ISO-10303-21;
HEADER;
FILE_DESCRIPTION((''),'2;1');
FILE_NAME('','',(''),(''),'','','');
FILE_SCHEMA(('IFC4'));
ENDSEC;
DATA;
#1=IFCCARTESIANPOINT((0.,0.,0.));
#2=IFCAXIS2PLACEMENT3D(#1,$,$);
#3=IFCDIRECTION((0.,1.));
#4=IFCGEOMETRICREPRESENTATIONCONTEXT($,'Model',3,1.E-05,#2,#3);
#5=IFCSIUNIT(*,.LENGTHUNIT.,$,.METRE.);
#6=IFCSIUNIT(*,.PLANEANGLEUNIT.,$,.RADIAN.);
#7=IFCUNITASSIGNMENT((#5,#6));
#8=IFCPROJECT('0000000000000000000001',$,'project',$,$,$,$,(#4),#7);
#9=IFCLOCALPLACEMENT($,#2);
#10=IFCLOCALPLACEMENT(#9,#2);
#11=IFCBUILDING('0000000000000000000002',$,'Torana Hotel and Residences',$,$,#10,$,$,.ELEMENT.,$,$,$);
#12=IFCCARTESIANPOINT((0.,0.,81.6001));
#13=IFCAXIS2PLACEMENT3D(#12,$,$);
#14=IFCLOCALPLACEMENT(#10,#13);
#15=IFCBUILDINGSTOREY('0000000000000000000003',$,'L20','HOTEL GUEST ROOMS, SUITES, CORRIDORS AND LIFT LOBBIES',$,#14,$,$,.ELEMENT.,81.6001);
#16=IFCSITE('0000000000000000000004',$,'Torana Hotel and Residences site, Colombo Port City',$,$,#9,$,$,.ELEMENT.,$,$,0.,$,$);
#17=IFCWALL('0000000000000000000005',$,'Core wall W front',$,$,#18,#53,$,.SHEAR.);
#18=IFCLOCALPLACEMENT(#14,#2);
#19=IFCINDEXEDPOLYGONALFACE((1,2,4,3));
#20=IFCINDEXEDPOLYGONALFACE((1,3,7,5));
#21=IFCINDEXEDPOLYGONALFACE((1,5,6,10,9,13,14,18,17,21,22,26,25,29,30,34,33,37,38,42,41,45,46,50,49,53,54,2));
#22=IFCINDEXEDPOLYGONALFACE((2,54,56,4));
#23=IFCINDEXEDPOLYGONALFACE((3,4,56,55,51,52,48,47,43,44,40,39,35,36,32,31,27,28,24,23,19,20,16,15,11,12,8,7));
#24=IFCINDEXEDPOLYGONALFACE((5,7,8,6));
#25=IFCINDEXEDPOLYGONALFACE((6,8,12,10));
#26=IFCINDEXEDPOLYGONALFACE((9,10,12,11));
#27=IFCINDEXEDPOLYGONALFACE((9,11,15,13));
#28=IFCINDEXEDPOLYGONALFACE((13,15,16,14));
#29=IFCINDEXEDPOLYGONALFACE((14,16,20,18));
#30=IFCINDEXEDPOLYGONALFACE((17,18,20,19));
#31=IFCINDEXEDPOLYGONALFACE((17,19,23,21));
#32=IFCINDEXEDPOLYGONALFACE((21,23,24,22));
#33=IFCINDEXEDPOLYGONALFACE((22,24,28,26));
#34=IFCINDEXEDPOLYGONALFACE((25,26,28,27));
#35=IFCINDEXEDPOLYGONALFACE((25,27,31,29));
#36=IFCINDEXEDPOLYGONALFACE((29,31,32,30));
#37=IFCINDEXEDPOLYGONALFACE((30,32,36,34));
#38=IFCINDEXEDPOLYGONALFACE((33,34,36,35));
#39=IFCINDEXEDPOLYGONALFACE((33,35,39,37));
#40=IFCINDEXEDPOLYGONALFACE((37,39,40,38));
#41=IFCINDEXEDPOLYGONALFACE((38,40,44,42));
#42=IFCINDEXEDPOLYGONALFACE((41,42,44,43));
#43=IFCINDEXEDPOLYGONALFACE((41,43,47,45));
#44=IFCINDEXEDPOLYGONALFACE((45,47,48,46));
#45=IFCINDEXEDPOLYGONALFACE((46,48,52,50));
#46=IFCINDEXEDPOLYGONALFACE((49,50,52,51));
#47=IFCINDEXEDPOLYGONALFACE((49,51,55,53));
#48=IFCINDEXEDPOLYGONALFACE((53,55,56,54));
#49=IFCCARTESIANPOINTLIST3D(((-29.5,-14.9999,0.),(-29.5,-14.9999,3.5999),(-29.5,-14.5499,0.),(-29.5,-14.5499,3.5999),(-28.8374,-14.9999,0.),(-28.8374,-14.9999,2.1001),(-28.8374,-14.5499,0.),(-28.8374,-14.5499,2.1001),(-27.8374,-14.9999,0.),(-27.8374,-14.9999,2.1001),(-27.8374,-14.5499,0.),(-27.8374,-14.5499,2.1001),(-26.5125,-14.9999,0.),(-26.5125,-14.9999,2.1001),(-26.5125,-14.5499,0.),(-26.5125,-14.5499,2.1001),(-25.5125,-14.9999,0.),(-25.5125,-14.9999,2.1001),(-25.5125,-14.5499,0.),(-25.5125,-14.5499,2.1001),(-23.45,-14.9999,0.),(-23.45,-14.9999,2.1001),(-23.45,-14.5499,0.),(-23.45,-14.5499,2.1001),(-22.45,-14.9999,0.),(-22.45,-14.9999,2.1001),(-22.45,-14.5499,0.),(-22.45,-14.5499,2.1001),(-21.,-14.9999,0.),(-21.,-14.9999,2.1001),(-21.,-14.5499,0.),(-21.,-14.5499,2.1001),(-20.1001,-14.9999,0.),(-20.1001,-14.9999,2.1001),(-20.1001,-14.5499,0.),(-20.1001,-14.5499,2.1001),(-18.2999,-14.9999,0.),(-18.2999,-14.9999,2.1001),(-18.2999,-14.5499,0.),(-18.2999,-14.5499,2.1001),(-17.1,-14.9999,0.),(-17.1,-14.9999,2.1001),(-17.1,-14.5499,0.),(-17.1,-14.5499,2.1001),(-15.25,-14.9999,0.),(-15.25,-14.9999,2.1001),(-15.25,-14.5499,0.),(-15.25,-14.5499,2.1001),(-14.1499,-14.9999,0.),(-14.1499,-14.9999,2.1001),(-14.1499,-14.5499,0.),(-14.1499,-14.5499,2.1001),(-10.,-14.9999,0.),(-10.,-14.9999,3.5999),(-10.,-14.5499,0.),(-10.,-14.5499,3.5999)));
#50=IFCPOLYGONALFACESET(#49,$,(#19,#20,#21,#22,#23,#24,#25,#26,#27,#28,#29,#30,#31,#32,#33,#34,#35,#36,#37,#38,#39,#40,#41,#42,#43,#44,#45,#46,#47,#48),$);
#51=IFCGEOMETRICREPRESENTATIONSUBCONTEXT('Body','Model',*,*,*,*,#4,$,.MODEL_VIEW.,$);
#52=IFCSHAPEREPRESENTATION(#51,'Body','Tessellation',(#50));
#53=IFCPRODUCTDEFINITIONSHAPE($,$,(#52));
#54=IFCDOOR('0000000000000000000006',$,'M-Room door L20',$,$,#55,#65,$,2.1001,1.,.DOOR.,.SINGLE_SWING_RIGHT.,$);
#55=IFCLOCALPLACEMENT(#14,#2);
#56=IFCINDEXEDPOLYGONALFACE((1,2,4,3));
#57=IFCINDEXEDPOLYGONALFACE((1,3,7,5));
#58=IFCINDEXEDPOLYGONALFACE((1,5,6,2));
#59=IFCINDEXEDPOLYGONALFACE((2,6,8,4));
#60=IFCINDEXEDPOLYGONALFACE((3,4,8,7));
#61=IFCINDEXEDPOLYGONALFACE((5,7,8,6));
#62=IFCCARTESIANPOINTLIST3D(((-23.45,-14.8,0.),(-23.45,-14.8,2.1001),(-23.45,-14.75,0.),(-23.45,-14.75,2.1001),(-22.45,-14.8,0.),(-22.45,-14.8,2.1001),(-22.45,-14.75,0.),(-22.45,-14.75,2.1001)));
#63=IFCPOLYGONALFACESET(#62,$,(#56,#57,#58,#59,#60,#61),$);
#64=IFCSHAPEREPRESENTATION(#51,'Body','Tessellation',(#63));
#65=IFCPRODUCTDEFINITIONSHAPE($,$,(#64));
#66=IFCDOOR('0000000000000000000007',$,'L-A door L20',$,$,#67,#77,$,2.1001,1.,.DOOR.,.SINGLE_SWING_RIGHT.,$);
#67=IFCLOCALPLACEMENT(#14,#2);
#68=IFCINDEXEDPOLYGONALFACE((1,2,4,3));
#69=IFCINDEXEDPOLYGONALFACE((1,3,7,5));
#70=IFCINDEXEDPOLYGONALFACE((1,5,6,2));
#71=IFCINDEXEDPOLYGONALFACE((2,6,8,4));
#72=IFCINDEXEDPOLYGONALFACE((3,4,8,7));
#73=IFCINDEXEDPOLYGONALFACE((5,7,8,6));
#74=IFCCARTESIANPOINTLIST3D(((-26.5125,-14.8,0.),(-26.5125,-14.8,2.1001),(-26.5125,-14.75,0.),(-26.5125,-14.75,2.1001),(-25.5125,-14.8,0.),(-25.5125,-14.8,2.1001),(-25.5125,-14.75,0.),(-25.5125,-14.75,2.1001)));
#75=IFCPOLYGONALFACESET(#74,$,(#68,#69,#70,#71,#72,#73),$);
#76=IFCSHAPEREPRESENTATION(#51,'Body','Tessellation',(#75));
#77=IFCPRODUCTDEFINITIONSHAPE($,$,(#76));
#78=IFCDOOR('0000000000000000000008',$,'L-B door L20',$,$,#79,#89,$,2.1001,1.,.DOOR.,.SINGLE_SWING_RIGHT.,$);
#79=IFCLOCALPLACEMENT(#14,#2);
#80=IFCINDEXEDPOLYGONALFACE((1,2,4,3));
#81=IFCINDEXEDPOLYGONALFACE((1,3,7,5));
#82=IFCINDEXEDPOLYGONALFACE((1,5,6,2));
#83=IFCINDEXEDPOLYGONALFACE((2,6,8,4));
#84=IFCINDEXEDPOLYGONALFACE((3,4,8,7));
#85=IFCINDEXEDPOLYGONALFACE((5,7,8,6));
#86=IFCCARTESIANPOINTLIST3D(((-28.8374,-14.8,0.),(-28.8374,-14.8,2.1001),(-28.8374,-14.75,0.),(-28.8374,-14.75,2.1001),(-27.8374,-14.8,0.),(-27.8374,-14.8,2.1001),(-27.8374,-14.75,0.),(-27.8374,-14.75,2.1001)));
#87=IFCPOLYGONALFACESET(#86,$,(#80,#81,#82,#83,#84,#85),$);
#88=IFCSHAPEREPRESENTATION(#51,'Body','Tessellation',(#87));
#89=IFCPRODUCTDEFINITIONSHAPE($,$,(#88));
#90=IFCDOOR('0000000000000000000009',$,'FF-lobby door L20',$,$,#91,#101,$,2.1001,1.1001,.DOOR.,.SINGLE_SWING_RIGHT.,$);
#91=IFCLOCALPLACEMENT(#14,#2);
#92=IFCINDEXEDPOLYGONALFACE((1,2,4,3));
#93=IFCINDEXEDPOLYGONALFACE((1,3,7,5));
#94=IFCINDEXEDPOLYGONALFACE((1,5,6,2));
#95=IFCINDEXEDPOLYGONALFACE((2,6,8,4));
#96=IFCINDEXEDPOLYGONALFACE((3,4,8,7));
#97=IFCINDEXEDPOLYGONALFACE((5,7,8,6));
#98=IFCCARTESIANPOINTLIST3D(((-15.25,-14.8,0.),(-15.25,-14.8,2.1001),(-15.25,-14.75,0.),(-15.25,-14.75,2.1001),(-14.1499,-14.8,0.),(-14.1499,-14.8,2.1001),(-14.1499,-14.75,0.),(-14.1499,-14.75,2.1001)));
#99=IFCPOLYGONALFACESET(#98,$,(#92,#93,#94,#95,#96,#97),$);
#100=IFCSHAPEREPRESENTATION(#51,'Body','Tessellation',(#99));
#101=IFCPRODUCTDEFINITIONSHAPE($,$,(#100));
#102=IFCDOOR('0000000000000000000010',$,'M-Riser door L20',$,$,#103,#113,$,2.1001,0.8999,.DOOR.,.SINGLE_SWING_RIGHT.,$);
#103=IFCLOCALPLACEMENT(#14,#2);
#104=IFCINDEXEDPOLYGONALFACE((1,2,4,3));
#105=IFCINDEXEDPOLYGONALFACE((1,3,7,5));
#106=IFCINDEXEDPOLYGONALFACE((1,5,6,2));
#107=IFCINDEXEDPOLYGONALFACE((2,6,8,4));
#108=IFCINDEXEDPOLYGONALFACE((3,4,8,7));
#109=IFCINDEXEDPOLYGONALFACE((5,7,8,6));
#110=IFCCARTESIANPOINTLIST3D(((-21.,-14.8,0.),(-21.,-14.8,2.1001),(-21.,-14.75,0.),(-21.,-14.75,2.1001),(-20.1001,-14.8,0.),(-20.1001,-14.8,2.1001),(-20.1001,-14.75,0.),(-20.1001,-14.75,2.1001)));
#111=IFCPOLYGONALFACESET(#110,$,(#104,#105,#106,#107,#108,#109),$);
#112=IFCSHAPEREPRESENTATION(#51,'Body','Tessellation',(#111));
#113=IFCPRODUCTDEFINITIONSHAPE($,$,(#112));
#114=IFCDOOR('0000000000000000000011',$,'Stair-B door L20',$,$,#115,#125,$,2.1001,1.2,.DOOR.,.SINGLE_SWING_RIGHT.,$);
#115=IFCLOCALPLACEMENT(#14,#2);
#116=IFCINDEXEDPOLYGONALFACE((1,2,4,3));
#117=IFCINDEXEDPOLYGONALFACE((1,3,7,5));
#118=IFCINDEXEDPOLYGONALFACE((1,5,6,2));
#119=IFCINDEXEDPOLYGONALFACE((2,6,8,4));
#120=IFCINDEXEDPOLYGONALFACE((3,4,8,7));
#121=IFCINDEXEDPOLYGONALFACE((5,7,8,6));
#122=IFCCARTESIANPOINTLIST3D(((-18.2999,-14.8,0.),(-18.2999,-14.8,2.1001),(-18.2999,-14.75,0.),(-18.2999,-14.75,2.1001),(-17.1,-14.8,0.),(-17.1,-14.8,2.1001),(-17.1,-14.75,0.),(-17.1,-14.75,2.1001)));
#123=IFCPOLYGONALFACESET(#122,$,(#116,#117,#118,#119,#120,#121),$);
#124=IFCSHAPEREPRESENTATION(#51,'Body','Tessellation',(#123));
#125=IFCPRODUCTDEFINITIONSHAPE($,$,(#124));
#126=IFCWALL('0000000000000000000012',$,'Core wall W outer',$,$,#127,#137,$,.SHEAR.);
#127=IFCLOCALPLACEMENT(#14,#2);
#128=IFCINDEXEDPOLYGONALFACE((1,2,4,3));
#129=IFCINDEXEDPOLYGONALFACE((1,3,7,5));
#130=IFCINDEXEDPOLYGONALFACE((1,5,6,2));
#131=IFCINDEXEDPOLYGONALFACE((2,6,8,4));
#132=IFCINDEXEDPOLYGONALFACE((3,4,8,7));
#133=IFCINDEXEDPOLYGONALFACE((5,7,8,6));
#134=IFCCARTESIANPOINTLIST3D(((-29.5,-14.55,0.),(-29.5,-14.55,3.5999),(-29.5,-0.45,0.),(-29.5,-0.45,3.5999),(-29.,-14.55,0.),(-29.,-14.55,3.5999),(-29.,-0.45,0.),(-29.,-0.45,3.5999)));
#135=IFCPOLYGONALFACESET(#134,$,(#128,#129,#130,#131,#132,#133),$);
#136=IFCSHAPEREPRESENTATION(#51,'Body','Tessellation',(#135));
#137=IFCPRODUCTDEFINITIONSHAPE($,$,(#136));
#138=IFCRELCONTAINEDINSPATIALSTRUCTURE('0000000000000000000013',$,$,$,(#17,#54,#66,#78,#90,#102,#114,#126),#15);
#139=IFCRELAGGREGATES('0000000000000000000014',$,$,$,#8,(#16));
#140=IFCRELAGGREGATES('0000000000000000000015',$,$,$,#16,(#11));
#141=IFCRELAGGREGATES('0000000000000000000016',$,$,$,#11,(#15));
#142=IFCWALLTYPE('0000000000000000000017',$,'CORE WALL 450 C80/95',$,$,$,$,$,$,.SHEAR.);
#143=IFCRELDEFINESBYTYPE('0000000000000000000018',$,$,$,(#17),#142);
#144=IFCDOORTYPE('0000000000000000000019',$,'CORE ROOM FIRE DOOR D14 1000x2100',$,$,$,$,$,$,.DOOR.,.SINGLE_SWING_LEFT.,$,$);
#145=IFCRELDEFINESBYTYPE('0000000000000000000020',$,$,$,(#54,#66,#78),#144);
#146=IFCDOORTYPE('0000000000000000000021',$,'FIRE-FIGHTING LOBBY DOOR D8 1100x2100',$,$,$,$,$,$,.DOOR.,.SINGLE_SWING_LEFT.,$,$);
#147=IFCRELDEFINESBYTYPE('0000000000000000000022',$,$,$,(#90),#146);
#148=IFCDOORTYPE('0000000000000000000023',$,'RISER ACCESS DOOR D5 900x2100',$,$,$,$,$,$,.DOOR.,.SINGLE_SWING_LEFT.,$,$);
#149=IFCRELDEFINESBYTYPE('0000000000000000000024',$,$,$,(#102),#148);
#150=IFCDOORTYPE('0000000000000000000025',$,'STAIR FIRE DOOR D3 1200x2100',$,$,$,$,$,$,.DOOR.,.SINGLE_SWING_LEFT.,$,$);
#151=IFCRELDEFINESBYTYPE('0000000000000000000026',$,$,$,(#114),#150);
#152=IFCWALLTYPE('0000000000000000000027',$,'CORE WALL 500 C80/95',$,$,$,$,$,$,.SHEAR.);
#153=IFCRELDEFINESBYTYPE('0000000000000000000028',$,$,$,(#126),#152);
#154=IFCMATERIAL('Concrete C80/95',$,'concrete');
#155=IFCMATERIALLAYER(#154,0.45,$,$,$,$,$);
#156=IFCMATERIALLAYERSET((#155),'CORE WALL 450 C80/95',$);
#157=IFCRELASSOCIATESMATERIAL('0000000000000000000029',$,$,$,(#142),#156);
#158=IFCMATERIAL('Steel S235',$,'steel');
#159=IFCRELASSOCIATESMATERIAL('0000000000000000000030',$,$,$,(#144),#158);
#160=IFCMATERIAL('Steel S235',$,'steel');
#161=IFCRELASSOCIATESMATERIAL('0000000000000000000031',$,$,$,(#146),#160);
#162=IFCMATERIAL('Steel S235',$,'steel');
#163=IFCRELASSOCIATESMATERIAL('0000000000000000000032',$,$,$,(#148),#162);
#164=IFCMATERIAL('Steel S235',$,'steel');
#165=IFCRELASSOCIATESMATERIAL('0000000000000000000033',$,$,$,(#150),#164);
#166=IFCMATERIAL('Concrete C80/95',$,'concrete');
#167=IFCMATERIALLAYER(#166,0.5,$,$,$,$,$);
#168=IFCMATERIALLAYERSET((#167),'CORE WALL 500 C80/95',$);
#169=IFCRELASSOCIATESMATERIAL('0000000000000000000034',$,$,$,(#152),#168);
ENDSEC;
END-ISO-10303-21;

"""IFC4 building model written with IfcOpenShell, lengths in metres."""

from ifc_helpers import new_model, si_unit, direction, frame, frame_2d, origin, place, context, subcontext, project, spatial, rectangle, extrude, material, layer, layer_set, type_object, element, fill, save


model = new_model("IFC4")

# Units and contexts
model_context = context("Model", 3, precision=1e-05, world=origin(), true_north=direction((0.0, 1.0)))
body_context = subcontext(model_context, "Body", "Model", "MODEL_VIEW")
ifc_project = project(units=[si_unit("LENGTHUNIT", "METRE"), si_unit("PLANEANGLEUNIT", "RADIAN")], contexts=[model_context])

# Site, building, storey
site_placement = place(None, origin())
site = spatial("IfcSite", under=ifc_project, at=site_placement, Name="Torana Hotel and Residences site, Colombo Port City", CompositionType="ELEMENT", RefElevation=0.0)
building_placement = place(site_placement, origin())
building = spatial("IfcBuilding", under=site, at=building_placement, Name="Torana Hotel and Residences", CompositionType="ELEMENT")
storey_placement = place(building_placement, frame((0.0, 0.0, 81.6001)))
storey = spatial("IfcBuildingStorey", under=building, at=storey_placement, Name="L20", Description="HOTEL GUEST ROOMS, SUITES, CORRIDORS AND LIFT LOBBIES", CompositionType="ELEMENT", Elevation=81.6001)

# Wall, openings, doors
ifc_material_1 = material(Name="Concrete C80/95", Category="concrete")
ifc_layer_1 = layer(ifc_material_1, 0.45)
ifc_layer_set_1 = layer_set([ifc_layer_1], Name="CORE WALL 450 C80/95")
wall_type_1 = type_object("IfcWallType", Name="CORE WALL 450 C80/95", PredefinedType="SHEAR", material=ifc_layer_set_1)
wall_1_placement = place(storey_placement, frame((-29.5, -14.7749, 0.0), z_axis=(0.0, 0.0, 1.0), x_axis=(1.0, 0.0, 0.0)))
wall_1 = element("IfcWall", 1, at=wall_1_placement, inside=storey, type_object=wall_type_1, Name="Core wall W front", PredefinedType="SHEAR", context=body_context, shape_type="SweptSolid", body=[
    extrude(rectangle(XDim=19.5, YDim=0.45, at=frame_2d((9.75, 0.0))), origin(), (0.0, 0.0, 1.0), 3.5999),
])
opening_1_placement = place(wall_1_placement, frame((11.2, 0.0, 0.0)))
opening_1 = element("IfcOpeningElement", 2, at=opening_1_placement, cuts=wall_1, PredefinedType="OPENING", context=body_context, shape_type="SweptSolid", body=[
    extrude(rectangle(XDim=1.2, YDim=2.1001, at=frame_2d((0.6001, 1.05))), frame((0.0, 0.2349, 0.0), z_axis=(0.0, -1.0, 0.0), x_axis=(1.0, 0.0, 0.0)), (0.0, 0.0, 1.0), 0.47),
])
opening_2_placement = place(wall_1_placement, frame((14.25, 0.0, 0.0)))
opening_2 = element("IfcOpeningElement", 3, at=opening_2_placement, cuts=wall_1, PredefinedType="OPENING", context=body_context, shape_type="SweptSolid", body=[
    extrude(rectangle(XDim=1.1001, YDim=2.1001, at=frame_2d((0.55, 1.05))), frame((0.0, 0.2349, 0.0), z_axis=(0.0, -1.0, 0.0), x_axis=(1.0, 0.0, 0.0)), (0.0, 0.0, 1.0), 0.47),
])
opening_3_placement = place(wall_1_placement, frame((8.5, 0.0, 0.0)))
opening_3 = element("IfcOpeningElement", 4, at=opening_3_placement, cuts=wall_1, PredefinedType="OPENING", context=body_context, shape_type="SweptSolid", body=[
    extrude(rectangle(XDim=0.8999, YDim=2.1001, at=frame_2d((0.45, 1.05))), frame((0.0, 0.2349, 0.0), z_axis=(0.0, -1.0, 0.0), x_axis=(1.0, 0.0, 0.0)), (0.0, 0.0, 1.0), 0.47),
])
opening_4_placement = place(wall_1_placement, frame((6.05, 0.0, 0.0)))
opening_4 = element("IfcOpeningElement", 5, at=opening_4_placement, cuts=wall_1, PredefinedType="OPENING", context=body_context, shape_type="SweptSolid", body=[
    extrude(rectangle(XDim=1.0, YDim=2.1001, at=frame_2d((0.5, 1.05))), frame((0.0, 0.2349, 0.0), z_axis=(0.0, -1.0, 0.0), x_axis=(1.0, 0.0, 0.0)), (0.0, 0.0, 1.0), 0.47),
])
opening_5_placement = place(wall_1_placement, frame((2.9875, 0.0, 0.0)))
opening_5 = element("IfcOpeningElement", 6, at=opening_5_placement, cuts=wall_1, PredefinedType="OPENING", context=body_context, shape_type="SweptSolid", body=[
    extrude(rectangle(XDim=1.0, YDim=2.1001, at=frame_2d((0.5, 1.05))), frame((0.0, 0.2349, 0.0), z_axis=(0.0, -1.0, 0.0), x_axis=(1.0, 0.0, 0.0)), (0.0, 0.0, 1.0), 0.47),
])
opening_6_placement = place(wall_1_placement, frame((0.6626, 0.0, 0.0)))
opening_6 = element("IfcOpeningElement", 7, at=opening_6_placement, cuts=wall_1, PredefinedType="OPENING", context=body_context, shape_type="SweptSolid", body=[
    extrude(rectangle(XDim=1.0, YDim=2.1001, at=frame_2d((0.5, 1.05))), frame((0.0, 0.2349, 0.0), z_axis=(0.0, -1.0, 0.0), x_axis=(1.0, 0.0, 0.0)), (0.0, 0.0, 1.0), 0.47),
])
ifc_material_2 = material(Name="Steel S235", Category="steel")
door_type_1 = type_object("IfcDoorType", Name="CORE ROOM FIRE DOOR D14 1000x2100", OperationType="SINGLE_SWING_LEFT", PredefinedType="DOOR", material=ifc_material_2)
door_1_placement = place(opening_4_placement, origin())
door_1 = element("IfcDoor", 8, at=door_1_placement, inside=storey, type_object=door_type_1, Name="M-Room door L20", OperationType="SINGLE_SWING_RIGHT", OverallHeight=2.1001, OverallWidth=1.0, PredefinedType="DOOR", context=body_context, shape_type="SweptSolid", body=[
    extrude(rectangle(XDim=1.0, YDim=2.1001, at=frame_2d((0.5, 1.05))), frame((0.0, 0.0249, 0.0), z_axis=(0.0, -1.0, 0.0), x_axis=(1.0, 0.0, 0.0)), (0.0, 0.0, 1.0), 0.05),
])
fill(opening_4, door_1)
door_2_placement = place(opening_5_placement, origin())
door_2 = element("IfcDoor", 9, at=door_2_placement, inside=storey, type_object=door_type_1, Name="L-A door L20", OperationType="SINGLE_SWING_RIGHT", OverallHeight=2.1001, OverallWidth=1.0, PredefinedType="DOOR", context=body_context, shape_type="SweptSolid", body=[
    extrude(rectangle(XDim=1.0, YDim=2.1001, at=frame_2d((0.5, 1.05))), frame((0.0, 0.0249, 0.0), z_axis=(0.0, -1.0, 0.0), x_axis=(1.0, 0.0, 0.0)), (0.0, 0.0, 1.0), 0.05),
])
fill(opening_5, door_2)
door_3_placement = place(opening_6_placement, origin())
door_3 = element("IfcDoor", 10, at=door_3_placement, inside=storey, type_object=door_type_1, Name="L-B door L20", OperationType="SINGLE_SWING_RIGHT", OverallHeight=2.1001, OverallWidth=1.0, PredefinedType="DOOR", context=body_context, shape_type="SweptSolid", body=[
    extrude(rectangle(XDim=1.0, YDim=2.1001, at=frame_2d((0.5, 1.05))), frame((0.0, 0.0249, 0.0), z_axis=(0.0, -1.0, 0.0), x_axis=(1.0, 0.0, 0.0)), (0.0, 0.0, 1.0), 0.05),
])
fill(opening_6, door_3)
ifc_material_3 = material(Name="Steel S235", Category="steel")
door_type_2 = type_object("IfcDoorType", Name="FIRE-FIGHTING LOBBY DOOR D8 1100x2100", OperationType="SINGLE_SWING_LEFT", PredefinedType="DOOR", material=ifc_material_3)
door_4_placement = place(opening_2_placement, origin())
door_4 = element("IfcDoor", 11, at=door_4_placement, inside=storey, type_object=door_type_2, Name="FF-lobby door L20", OperationType="SINGLE_SWING_RIGHT", OverallHeight=2.1001, OverallWidth=1.1001, PredefinedType="DOOR", context=body_context, shape_type="SweptSolid", body=[
    extrude(rectangle(XDim=1.1001, YDim=2.1001, at=frame_2d((0.55, 1.05))), frame((0.0, 0.0249, 0.0), z_axis=(0.0, -1.0, 0.0), x_axis=(1.0, 0.0, 0.0)), (0.0, 0.0, 1.0), 0.05),
])
fill(opening_2, door_4)
ifc_material_4 = material(Name="Steel S235", Category="steel")
door_type_3 = type_object("IfcDoorType", Name="RISER ACCESS DOOR D5 900x2100", OperationType="SINGLE_SWING_LEFT", PredefinedType="DOOR", material=ifc_material_4)
door_5_placement = place(opening_3_placement, origin())
door_5 = element("IfcDoor", 12, at=door_5_placement, inside=storey, type_object=door_type_3, Name="M-Riser door L20", OperationType="SINGLE_SWING_RIGHT", OverallHeight=2.1001, OverallWidth=0.8999, PredefinedType="DOOR", context=body_context, shape_type="SweptSolid", body=[
    extrude(rectangle(XDim=0.8999, YDim=2.1001, at=frame_2d((0.45, 1.05))), frame((0.0, 0.0249, 0.0), z_axis=(0.0, -1.0, 0.0), x_axis=(1.0, 0.0, 0.0)), (0.0, 0.0, 1.0), 0.05),
])
fill(opening_3, door_5)
ifc_material_5 = material(Name="Steel S235", Category="steel")
door_type_4 = type_object("IfcDoorType", Name="STAIR FIRE DOOR D3 1200x2100", OperationType="SINGLE_SWING_LEFT", PredefinedType="DOOR", material=ifc_material_5)
door_6_placement = place(opening_1_placement, origin())
door_6 = element("IfcDoor", 13, at=door_6_placement, inside=storey, type_object=door_type_4, Name="Stair-B door L20", OperationType="SINGLE_SWING_RIGHT", OverallHeight=2.1001, OverallWidth=1.2, PredefinedType="DOOR", context=body_context, shape_type="SweptSolid", body=[
    extrude(rectangle(XDim=1.2, YDim=2.1001, at=frame_2d((0.6001, 1.05))), frame((0.0, 0.0249, 0.0), z_axis=(0.0, -1.0, 0.0), x_axis=(1.0, 0.0, 0.0)), (0.0, 0.0, 1.0), 0.05),
])
fill(opening_1, door_6)

# Wall
ifc_material_6 = material(Name="Concrete C80/95", Category="concrete")
ifc_layer_2 = layer(ifc_material_6, 0.5)
ifc_layer_set_2 = layer_set([ifc_layer_2], Name="CORE WALL 500 C80/95")
wall_type_2 = type_object("IfcWallType", Name="CORE WALL 500 C80/95", PredefinedType="SHEAR", material=ifc_layer_set_2)
wall_2_placement = place(storey_placement, frame((-29.25, -14.55, 0.0), z_axis=(0.0, 0.0, 1.0), x_axis=(0.0, 1.0, 0.0)))
element("IfcWall", 14, at=wall_2_placement, inside=storey, type_object=wall_type_2, Name="Core wall W outer", PredefinedType="SHEAR", context=body_context, shape_type="SweptSolid", body=[
    extrude(rectangle(XDim=14.1001, YDim=0.5, at=frame_2d((7.05, 0.0))), origin(), (0.0, 0.0, 1.0), 3.5999),
])

save(model, "model.ifc")
